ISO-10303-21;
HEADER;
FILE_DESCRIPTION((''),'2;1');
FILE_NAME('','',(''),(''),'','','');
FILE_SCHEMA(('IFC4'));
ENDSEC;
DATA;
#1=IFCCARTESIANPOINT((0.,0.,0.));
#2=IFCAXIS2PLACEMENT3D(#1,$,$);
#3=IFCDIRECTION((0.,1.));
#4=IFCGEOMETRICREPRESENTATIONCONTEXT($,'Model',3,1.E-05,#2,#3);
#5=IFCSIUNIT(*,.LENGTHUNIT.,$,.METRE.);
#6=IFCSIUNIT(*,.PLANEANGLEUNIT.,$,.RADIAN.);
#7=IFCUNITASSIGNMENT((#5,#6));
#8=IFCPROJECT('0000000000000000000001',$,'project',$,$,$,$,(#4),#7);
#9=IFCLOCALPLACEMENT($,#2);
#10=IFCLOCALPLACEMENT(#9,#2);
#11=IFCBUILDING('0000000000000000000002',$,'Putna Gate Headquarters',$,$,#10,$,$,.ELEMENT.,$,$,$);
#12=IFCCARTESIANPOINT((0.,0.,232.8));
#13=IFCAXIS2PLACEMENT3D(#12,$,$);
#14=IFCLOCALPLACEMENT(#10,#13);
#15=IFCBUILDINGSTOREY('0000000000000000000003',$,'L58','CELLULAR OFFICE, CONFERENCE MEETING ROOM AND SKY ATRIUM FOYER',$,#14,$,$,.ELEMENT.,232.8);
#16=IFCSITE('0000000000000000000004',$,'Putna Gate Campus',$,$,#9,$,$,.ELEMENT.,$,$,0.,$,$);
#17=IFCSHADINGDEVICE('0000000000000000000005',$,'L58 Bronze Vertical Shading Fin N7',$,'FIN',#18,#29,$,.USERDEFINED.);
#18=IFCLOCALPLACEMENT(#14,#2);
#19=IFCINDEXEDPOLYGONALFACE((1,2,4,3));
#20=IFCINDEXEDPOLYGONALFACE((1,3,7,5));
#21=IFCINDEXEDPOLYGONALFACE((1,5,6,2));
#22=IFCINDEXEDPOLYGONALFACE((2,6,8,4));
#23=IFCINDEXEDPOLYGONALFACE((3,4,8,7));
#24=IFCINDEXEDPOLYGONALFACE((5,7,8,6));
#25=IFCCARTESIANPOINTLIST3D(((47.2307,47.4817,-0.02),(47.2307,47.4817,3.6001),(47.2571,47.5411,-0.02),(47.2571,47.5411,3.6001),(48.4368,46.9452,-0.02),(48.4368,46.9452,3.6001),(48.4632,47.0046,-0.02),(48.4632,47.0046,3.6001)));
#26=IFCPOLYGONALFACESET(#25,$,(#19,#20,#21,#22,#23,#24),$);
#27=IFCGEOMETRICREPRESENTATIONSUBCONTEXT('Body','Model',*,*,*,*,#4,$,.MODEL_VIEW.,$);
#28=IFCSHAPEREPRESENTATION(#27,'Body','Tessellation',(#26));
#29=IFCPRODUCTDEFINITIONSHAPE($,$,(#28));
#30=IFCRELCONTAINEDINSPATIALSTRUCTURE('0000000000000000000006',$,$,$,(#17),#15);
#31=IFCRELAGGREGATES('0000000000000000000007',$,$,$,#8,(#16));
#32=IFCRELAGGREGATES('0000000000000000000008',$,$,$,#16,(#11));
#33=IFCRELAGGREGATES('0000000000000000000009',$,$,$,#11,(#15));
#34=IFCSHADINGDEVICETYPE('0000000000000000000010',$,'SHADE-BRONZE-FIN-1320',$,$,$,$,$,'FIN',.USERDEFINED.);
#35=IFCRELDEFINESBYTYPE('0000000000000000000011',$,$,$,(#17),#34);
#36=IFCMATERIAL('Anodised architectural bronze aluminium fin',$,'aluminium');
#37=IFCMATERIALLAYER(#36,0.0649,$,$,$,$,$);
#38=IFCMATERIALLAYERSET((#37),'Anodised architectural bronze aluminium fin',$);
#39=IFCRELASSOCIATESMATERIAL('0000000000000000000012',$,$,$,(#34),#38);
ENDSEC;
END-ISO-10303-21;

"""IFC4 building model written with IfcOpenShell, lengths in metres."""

from ifc_helpers import new_model, si_unit, direction, frame, origin, origin_2d, place, context, subcontext, project, spatial, rectangle, extrude, material, layer, layer_set, type_object, element, save


model = new_model("IFC4")

# Units and contexts
model_context = context("Model", 3, precision=1e-05, world=origin(), true_north=direction((0.0, 1.0)))
body_context = subcontext(model_context, "Body", "Model", "MODEL_VIEW")
ifc_project = project(units=[si_unit("LENGTHUNIT", "METRE"), si_unit("PLANEANGLEUNIT", "RADIAN")], contexts=[model_context])

# Site, building, storey
site_placement = place(None, origin())
site = spatial("IfcSite", under=ifc_project, at=site_placement, Name="Putna Gate Campus", CompositionType="ELEMENT", RefElevation=0.0)
building_placement = place(site_placement, origin())
building = spatial("IfcBuilding", under=site, at=building_placement, Name="Putna Gate Headquarters", CompositionType="ELEMENT")
storey_placement = place(building_placement, frame((0.0, 0.0, 232.8)))
storey = spatial("IfcBuildingStorey", under=building, at=storey_placement, Name="L58", Description="CELLULAR OFFICE, CONFERENCE MEETING ROOM AND SKY ATRIUM FOYER", CompositionType="ELEMENT", Elevation=232.8)

# Shading device
ifc_material_1 = material(Name="Anodised architectural bronze aluminium fin", Category="aluminium")
ifc_layer_1 = layer(ifc_material_1, 0.0649)
ifc_layer_set_1 = layer_set([ifc_layer_1], Name="Anodised architectural bronze aluminium fin")
shading_device_type = type_object("IfcShadingDeviceType", Name="SHADE-BRONZE-FIN-1320", ElementType="FIN", PredefinedType="USERDEFINED", material=ifc_layer_set_1)
shading_device_placement = place(storey_placement, frame((47.8469, 47.2432, -0.02), z_axis=(0.0, 0.0, 1.0), x_axis=(-0.913687, 0.406418, 0.0)))
element("IfcShadingDevice", 1, at=shading_device_placement, inside=storey, type_object=shading_device_type, Name="L58 Bronze Vertical Shading Fin N7", ObjectType="FIN", PredefinedType="USERDEFINED", context=body_context, shape_type="SweptSolid", body=[
    extrude(rectangle(XDim=1.3201, YDim=0.0649, at=origin_2d()), origin(), (0.0, 0.0, 1.0), 3.6201),
])

save(model, "model.ifc")
